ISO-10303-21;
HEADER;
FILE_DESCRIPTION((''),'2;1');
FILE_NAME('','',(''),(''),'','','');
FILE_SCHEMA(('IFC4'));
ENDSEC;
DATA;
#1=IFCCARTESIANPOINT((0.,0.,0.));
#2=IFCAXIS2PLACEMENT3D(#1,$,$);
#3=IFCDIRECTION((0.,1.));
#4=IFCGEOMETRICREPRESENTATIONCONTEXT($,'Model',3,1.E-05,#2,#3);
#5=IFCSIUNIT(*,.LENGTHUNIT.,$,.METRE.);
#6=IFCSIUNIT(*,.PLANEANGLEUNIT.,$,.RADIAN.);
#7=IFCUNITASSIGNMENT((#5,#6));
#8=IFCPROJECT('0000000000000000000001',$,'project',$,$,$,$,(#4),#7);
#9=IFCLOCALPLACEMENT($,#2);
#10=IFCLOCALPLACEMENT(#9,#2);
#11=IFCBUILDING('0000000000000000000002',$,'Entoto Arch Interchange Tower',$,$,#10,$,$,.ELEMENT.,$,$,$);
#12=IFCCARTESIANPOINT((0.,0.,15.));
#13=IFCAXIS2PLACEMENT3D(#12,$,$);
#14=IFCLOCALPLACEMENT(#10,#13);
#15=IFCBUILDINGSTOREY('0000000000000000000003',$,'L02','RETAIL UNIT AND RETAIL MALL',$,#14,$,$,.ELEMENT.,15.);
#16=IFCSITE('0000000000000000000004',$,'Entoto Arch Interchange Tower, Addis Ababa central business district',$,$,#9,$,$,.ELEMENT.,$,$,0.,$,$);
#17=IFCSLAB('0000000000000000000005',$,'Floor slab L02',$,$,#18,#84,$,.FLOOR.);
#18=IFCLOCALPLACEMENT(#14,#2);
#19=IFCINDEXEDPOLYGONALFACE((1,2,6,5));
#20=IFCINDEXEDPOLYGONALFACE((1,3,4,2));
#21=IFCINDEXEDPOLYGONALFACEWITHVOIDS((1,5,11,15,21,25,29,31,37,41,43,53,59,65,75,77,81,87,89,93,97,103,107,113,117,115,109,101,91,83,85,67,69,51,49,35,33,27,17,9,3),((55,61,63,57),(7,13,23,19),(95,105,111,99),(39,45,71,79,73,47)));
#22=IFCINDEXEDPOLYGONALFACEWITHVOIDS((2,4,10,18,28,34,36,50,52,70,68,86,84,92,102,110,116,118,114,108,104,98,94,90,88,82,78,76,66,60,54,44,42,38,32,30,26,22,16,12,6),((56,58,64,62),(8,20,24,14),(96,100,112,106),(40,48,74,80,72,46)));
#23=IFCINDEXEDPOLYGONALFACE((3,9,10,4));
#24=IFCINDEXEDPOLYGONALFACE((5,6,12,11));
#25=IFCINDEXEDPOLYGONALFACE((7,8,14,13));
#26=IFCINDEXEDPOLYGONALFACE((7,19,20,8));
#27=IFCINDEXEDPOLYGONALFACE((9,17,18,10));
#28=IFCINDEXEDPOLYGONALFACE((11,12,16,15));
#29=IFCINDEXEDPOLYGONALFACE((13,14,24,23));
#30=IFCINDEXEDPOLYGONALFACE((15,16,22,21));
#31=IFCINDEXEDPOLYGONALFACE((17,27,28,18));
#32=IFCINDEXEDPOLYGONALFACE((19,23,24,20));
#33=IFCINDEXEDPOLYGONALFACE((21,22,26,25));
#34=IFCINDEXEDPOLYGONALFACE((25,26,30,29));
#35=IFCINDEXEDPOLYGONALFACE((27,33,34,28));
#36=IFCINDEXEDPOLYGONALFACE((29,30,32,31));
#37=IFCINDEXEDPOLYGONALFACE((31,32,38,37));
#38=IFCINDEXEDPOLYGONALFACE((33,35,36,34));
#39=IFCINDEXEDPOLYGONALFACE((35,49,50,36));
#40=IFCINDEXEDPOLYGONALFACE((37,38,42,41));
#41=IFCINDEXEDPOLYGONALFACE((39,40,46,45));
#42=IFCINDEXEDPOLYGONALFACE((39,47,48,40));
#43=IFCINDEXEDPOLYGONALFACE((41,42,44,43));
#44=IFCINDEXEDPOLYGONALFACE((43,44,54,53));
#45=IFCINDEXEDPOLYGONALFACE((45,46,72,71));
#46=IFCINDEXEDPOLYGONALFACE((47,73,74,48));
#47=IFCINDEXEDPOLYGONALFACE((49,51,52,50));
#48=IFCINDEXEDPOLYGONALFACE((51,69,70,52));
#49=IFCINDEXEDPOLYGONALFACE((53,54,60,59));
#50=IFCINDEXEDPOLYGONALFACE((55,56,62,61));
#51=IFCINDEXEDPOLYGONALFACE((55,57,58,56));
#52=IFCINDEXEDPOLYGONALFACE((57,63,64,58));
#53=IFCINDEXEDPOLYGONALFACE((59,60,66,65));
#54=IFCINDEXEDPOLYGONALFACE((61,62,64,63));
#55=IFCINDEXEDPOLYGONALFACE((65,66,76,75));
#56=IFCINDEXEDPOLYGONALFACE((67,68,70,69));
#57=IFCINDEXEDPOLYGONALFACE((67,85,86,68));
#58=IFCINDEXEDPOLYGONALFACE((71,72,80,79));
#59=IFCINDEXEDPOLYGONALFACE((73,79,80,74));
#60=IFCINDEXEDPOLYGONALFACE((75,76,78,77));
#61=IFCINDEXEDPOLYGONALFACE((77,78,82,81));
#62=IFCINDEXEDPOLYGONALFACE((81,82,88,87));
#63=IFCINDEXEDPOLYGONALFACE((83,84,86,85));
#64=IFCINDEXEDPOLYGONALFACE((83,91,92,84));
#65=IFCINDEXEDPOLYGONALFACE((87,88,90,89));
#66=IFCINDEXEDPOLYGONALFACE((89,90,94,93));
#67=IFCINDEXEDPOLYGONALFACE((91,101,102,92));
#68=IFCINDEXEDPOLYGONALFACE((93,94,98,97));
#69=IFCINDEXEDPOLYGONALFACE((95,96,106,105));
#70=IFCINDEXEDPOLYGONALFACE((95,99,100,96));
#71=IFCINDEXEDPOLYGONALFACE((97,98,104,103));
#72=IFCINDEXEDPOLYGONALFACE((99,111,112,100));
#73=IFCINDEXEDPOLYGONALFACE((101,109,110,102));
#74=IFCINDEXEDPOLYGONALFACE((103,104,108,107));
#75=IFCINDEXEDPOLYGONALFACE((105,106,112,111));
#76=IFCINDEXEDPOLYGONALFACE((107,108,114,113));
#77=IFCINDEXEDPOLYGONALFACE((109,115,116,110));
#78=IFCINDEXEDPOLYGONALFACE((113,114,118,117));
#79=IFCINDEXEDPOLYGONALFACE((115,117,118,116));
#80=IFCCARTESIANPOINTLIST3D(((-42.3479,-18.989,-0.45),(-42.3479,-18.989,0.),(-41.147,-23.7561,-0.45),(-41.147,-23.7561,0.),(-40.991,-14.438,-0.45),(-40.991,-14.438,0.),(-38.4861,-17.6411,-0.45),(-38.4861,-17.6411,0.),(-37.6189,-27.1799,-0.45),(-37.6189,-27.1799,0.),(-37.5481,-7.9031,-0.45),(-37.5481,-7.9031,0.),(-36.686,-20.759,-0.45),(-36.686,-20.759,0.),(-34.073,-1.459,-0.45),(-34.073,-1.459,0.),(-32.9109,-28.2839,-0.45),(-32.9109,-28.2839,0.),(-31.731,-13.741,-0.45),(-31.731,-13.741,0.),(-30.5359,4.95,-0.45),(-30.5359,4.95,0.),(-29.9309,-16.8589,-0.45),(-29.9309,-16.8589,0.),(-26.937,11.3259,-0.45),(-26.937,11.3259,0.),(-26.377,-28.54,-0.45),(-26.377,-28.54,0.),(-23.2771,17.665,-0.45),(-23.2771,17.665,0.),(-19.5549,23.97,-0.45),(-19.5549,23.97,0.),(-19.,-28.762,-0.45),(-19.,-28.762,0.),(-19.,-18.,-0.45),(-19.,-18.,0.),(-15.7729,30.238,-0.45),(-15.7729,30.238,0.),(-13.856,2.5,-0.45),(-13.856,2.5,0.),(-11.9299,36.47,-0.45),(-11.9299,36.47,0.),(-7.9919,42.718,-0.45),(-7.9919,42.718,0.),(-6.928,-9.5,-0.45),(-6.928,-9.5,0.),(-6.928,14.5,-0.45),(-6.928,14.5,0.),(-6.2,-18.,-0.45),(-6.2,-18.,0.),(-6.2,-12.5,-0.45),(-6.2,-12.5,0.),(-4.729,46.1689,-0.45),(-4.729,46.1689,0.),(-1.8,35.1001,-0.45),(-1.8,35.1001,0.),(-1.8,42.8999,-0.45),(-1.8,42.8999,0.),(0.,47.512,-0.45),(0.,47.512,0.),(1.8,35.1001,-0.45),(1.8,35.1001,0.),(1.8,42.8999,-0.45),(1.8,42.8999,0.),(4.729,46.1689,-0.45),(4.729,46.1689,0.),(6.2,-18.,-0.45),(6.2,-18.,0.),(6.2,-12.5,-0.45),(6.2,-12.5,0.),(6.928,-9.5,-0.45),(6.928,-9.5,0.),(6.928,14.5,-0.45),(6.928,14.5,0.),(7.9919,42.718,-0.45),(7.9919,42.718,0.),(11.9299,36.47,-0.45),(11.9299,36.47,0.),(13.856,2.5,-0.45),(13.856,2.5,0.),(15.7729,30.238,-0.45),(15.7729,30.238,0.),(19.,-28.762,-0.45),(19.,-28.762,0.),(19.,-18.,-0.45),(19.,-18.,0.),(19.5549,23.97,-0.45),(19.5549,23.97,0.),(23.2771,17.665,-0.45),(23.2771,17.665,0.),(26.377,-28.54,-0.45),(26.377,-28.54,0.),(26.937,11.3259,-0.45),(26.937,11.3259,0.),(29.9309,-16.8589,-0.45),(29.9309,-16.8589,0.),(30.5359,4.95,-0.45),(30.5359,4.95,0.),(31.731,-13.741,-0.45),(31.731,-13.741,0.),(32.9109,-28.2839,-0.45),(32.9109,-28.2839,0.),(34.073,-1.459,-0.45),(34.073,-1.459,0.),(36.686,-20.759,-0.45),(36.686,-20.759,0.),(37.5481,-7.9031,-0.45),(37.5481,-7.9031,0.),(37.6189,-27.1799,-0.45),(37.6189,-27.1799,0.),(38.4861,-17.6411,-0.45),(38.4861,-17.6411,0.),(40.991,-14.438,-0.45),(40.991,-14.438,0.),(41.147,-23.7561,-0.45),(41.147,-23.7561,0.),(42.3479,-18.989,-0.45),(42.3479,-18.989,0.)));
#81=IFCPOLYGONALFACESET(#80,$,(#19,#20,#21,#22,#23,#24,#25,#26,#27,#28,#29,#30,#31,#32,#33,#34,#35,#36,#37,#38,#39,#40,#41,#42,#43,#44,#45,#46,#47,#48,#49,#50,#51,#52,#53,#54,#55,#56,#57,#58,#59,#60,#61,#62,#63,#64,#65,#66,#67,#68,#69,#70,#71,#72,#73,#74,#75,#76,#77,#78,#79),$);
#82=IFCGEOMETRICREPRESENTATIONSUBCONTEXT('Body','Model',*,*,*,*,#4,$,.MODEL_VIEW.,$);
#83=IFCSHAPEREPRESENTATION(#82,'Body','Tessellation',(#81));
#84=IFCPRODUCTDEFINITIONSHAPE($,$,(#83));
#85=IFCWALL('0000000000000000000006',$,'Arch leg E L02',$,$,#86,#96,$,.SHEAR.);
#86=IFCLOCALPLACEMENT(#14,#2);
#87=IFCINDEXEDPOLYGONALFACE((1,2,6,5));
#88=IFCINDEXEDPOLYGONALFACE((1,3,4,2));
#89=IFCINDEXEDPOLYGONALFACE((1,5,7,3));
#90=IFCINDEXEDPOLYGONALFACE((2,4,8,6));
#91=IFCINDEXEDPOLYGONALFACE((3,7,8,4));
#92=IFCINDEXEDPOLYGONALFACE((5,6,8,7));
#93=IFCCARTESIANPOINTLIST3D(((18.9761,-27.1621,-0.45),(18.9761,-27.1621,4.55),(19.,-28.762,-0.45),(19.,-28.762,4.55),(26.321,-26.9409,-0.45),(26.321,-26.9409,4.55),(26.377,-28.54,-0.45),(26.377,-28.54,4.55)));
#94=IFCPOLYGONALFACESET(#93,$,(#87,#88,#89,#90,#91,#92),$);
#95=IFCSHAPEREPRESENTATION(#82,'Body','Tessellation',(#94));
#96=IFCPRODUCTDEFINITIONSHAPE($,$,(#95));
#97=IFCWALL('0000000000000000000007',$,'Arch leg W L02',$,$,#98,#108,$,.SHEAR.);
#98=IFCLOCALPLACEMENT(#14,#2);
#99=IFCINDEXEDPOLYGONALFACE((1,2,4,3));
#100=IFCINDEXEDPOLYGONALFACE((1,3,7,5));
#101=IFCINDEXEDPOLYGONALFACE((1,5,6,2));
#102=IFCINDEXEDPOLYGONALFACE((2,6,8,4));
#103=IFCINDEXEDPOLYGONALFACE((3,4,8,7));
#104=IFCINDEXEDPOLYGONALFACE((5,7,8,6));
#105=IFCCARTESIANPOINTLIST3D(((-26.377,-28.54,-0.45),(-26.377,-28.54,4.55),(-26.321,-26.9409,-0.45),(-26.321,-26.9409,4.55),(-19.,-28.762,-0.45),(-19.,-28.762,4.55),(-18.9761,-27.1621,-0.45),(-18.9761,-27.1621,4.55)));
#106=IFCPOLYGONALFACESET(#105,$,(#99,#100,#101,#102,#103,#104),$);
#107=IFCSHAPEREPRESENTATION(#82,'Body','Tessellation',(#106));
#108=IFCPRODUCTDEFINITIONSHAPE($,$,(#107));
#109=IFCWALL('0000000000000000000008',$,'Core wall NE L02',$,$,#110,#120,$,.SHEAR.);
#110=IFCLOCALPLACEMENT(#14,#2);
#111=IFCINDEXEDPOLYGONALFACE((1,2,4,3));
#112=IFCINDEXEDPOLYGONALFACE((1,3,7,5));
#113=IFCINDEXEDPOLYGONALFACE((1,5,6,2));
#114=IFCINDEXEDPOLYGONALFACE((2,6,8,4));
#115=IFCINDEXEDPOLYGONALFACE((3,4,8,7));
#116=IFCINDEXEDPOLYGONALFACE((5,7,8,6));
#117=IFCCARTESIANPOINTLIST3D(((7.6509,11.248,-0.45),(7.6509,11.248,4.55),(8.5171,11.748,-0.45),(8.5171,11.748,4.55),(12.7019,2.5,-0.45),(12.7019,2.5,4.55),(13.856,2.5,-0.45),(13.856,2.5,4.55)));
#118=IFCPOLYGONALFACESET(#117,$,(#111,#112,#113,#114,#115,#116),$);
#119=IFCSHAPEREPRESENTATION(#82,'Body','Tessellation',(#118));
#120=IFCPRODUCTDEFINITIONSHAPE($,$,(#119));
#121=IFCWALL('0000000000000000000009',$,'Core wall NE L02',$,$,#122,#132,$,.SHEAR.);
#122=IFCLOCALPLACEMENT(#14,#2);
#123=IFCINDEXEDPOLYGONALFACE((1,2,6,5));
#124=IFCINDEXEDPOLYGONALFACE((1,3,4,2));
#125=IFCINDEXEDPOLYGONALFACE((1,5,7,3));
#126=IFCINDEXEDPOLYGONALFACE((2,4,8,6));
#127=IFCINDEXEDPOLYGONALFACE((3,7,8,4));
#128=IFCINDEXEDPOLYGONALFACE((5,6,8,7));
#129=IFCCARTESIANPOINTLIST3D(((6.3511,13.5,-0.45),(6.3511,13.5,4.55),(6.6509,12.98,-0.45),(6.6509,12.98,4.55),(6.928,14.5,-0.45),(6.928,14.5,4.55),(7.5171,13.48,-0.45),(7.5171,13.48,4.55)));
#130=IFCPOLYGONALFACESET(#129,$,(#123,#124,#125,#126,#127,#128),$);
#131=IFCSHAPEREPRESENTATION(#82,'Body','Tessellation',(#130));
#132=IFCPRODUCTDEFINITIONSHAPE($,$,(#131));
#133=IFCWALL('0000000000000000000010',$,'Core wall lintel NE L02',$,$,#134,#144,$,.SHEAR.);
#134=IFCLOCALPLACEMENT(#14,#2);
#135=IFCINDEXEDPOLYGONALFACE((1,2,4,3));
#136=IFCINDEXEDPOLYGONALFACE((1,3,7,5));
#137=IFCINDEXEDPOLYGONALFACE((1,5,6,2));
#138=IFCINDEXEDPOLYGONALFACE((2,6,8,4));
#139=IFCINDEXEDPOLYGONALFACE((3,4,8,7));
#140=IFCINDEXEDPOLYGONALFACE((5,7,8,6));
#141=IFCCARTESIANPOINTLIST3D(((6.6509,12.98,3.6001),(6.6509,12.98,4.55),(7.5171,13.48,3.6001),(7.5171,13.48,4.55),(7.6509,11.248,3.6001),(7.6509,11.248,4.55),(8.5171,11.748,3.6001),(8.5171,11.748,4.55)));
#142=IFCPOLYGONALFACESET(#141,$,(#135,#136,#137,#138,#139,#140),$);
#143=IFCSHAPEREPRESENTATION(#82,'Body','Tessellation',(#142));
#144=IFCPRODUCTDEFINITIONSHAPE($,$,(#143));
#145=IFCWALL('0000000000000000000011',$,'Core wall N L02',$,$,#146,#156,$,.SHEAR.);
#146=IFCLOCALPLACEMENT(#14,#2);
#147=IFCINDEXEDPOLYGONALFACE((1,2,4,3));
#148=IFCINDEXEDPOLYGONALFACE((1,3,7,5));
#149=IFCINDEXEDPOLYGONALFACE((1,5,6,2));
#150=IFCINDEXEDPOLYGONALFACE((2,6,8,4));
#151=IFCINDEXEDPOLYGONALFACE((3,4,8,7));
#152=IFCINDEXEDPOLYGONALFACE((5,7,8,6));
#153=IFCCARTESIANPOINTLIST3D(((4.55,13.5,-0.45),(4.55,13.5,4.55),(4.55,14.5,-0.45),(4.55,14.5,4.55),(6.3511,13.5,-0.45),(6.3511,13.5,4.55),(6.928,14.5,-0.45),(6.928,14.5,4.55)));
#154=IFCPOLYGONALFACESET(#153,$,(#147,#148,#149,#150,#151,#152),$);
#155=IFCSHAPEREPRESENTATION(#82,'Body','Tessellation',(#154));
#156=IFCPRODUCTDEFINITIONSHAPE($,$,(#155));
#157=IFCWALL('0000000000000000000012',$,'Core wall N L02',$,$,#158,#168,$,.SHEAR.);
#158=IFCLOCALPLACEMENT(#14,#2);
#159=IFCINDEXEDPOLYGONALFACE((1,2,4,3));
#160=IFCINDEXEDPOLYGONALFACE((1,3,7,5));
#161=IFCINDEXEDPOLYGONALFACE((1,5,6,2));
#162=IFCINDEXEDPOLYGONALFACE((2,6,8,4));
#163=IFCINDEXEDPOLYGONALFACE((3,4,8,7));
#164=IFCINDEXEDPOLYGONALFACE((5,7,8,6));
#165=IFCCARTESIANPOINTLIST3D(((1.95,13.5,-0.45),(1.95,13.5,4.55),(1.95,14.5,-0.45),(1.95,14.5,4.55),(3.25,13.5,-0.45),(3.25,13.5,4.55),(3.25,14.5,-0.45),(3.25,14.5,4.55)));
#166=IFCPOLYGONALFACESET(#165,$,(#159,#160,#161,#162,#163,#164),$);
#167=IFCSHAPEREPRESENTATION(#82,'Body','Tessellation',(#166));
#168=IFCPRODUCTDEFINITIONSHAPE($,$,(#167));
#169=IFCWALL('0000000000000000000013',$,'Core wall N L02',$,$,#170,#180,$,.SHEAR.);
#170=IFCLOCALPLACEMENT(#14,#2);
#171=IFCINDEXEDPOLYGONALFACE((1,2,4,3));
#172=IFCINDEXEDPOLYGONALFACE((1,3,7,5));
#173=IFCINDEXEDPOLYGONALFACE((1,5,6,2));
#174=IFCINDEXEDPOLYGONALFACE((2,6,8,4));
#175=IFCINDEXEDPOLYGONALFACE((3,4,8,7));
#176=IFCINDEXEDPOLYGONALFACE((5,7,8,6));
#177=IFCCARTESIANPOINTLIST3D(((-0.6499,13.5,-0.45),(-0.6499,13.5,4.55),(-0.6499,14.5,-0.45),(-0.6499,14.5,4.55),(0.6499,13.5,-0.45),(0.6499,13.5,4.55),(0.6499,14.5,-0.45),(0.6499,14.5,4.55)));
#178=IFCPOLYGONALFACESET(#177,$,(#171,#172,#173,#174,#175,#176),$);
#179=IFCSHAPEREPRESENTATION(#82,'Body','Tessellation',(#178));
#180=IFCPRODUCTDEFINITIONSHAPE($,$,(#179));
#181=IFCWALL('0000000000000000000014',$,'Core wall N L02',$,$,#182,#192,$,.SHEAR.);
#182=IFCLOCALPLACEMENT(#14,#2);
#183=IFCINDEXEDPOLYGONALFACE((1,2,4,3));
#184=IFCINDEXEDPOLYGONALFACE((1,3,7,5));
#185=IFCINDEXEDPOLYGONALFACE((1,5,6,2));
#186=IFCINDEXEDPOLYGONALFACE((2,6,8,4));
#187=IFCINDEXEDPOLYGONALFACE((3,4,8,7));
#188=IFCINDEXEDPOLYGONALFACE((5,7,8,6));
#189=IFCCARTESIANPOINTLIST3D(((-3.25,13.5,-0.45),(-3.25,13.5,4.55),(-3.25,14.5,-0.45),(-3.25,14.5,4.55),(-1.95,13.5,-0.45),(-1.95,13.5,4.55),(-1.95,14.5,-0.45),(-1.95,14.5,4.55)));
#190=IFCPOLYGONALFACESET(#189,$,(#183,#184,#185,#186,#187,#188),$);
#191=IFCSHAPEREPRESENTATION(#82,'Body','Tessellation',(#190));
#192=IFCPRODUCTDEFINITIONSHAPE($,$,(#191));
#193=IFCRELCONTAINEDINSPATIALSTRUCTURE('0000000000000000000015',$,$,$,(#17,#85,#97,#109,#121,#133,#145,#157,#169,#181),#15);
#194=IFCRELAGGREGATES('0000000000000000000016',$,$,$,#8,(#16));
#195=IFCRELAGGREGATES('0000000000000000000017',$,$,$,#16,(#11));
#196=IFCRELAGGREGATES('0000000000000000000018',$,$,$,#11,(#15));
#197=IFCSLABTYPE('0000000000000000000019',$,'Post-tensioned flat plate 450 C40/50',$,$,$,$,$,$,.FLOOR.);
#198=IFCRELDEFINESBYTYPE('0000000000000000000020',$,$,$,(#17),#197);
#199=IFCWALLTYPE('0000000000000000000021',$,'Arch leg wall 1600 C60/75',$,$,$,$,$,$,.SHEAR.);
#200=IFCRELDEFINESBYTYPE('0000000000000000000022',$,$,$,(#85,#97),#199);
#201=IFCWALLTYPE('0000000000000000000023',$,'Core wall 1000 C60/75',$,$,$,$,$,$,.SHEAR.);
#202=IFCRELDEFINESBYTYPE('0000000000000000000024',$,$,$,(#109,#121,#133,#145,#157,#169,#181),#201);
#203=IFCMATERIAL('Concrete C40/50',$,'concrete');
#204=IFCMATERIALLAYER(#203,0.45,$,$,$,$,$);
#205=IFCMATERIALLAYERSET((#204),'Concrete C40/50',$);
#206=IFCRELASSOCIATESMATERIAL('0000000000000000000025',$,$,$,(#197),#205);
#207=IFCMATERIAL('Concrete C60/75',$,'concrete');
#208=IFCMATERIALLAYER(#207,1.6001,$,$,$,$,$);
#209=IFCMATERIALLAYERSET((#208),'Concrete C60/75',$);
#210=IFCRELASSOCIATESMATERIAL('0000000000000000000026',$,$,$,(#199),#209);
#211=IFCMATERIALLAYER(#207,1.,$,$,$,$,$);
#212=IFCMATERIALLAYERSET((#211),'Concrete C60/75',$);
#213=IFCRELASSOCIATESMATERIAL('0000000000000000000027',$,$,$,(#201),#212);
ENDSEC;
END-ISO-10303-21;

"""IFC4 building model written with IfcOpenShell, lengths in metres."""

from ifc_helpers import new_model, si_unit, direction, frame, origin, place, context, subcontext, project, spatial, polyline, outline, extrude, material, layer, layer_set, type_object, element, save


model = new_model("IFC4")

# Units and contexts
model_context = context("Model", 3, precision=1e-05, world=origin(), true_north=direction((0.0, 1.0)))
body_context = subcontext(model_context, "Body", "Model", "MODEL_VIEW")
ifc_project = project(units=[si_unit("LENGTHUNIT", "METRE"), si_unit("PLANEANGLEUNIT", "RADIAN")], contexts=[model_context])

# Site, building, storey
site_placement = place(None, origin())
site = spatial("IfcSite", under=ifc_project, at=site_placement, Name="Entoto Arch Interchange Tower, Addis Ababa central business district", CompositionType="ELEMENT", RefElevation=0.0)
building_placement = place(site_placement, origin())
building = spatial("IfcBuilding", under=site, at=building_placement, Name="Entoto Arch Interchange Tower", CompositionType="ELEMENT")
storey_placement = place(building_placement, frame((0.0, 0.0, 15.0)))
storey = spatial("IfcBuildingStorey", under=building, at=storey_placement, Name="L02", Description="RETAIL UNIT AND RETAIL MALL", CompositionType="ELEMENT", Elevation=15.0)

# Slab
ifc_material_1 = material(Name="Concrete C40/50", Category="concrete")
ifc_layer_1 = layer(ifc_material_1, 0.45)
ifc_layer_set_1 = layer_set([ifc_layer_1], Name="Concrete C40/50")
slab_type = type_object("IfcSlabType", Name="Post-tensioned flat plate 450 C40/50", PredefinedType="FLOOR", material=ifc_layer_set_1)
slab_placement = place(storey_placement, frame((0.0, 0.0, -0.45)))
element("IfcSlab", 1, at=slab_placement, inside=storey, type_object=slab_type, Name="Floor slab L02", PredefinedType="FLOOR", context=body_context, shape_type="SweptSolid", body=[
    extrude(outline(polyline([(-26.377, -28.54), (-19.0, -28.762), (-19.0, -18.0), (-6.2, -18.0), (-6.2, -12.5), (6.2, -12.5), (6.2, -18.0), (19.0, -18.0), (19.0, -28.762), (26.377, -28.54), (32.9109, -28.2839), (37.6189, -27.1799), (41.147, -23.7561), (42.3479, -18.989), (40.991, -14.438), (37.5481, -7.9031), (34.073, -1.459), (30.5359, 4.95), (26.937, 11.3259), (23.2771, 17.665), (19.5549, 23.97), (15.7729, 30.238), (11.9299, 36.47), (7.9919, 42.718), (4.729, 46.1689), (0.0, 47.512), (-4.729, 46.1689), (-7.9919, 42.718), (-11.9299, 36.47), (-15.7729, 30.238), (-19.5549, 23.97), (-23.2771, 17.665), (-26.937, 11.3259), (-30.5359, 4.95), (-34.073, -1.459), (-37.5481, -7.9031), (-40.991, -14.438), (-42.3479, -18.989), (-41.147, -23.7561), (-37.6189, -27.1799), (-32.9109, -28.2839), (-26.377, -28.54)]), holes=[polyline([(-29.9309, -16.8589), (-31.731, -13.741), (-38.4861, -17.6411), (-36.686, -20.759), (-29.9309, -16.8589)]), polyline([(31.731, -13.741), (29.9309, -16.8589), (36.686, -20.759), (38.4861, -17.6411), (31.731, -13.741)]), polyline([(-6.928, -9.5), (6.928, -9.5), (13.856, 2.5), (6.928, 14.5), (-6.928, 14.5), (-13.856, 2.5), (-6.928, -9.5)]), polyline([(-1.8, 42.8999), (-1.8, 35.1001), (1.8, 35.1001), (1.8, 42.8999), (-1.8, 42.8999)])]), origin(), (0.0, 0.0, 1.0), 0.45),
])

# Walls
ifc_material_2 = material(Name="Concrete C60/75", Category="concrete")
ifc_layer_2 = layer(ifc_material_2, 1.6001)
ifc_layer_set_2 = layer_set([ifc_layer_2], Name="Concrete C60/75")
wall_type_1 = type_object("IfcWallType", Name="Arch leg wall 1600 C60/75", PredefinedType="SHEAR", material=ifc_layer_set_2)
wall_1_placement = place(storey_placement, frame((0.0, 0.0, -0.45)))
element("IfcWall", 2, at=wall_1_placement, inside=storey, type_object=wall_type_1, Name="Arch leg E L02", PredefinedType="SHEAR", context=body_context, shape_type="SweptSolid", body=[
    extrude(outline(polyline([(19.0, -28.762), (26.377, -28.54), (26.321, -26.9409), (18.9761, -27.1621), (19.0, -28.762)])), origin(), (0.0, 0.0, 1.0), 5.0),
])
wall_2_placement = place(storey_placement, frame((0.0, 0.0, -0.45)))
element("IfcWall", 3, at=wall_2_placement, inside=storey, type_object=wall_type_1, Name="Arch leg W L02", PredefinedType="SHEAR", context=body_context, shape_type="SweptSolid", body=[
    extrude(outline(polyline([(-26.377, -28.54), (-19.0, -28.762), (-18.9761, -27.1621), (-26.321, -26.9409), (-26.377, -28.54)])), origin(), (0.0, 0.0, 1.0), 5.0),
])
ifc_layer_3 = layer(ifc_material_2, 1.0)
ifc_layer_set_3 = layer_set([ifc_layer_3], Name="Concrete C60/75")
wall_type_2 = type_object("IfcWallType", Name="Core wall 1000 C60/75", PredefinedType="SHEAR", material=ifc_layer_set_3)
wall_3_placement = place(storey_placement, frame((0.0, 0.0, -0.45)))
element("IfcWall", 4, at=wall_3_placement, inside=storey, type_object=wall_type_2, Name="Core wall NE L02", PredefinedType="SHEAR", context=body_context, shape_type="SweptSolid", body=[
    extrude(outline(polyline([(8.5171, 11.748), (7.6509, 11.248), (12.7019, 2.5), (13.856, 2.5), (8.5171, 11.748)])), origin(), (0.0, 0.0, 1.0), 5.0),
])
wall_4_placement = place(storey_placement, frame((0.0, 0.0, -0.45)))
element("IfcWall", 5, at=wall_4_placement, inside=storey, type_object=wall_type_2, Name="Core wall NE L02", PredefinedType="SHEAR", context=body_context, shape_type="SweptSolid", body=[
    extrude(outline(polyline([(6.6509, 12.98), (7.5171, 13.48), (6.928, 14.5), (6.3511, 13.5), (6.6509, 12.98)])), origin(), (0.0, 0.0, 1.0), 5.0),
])
wall_5_placement = place(storey_placement, frame((0.0, 0.0, 3.6001)))
element("IfcWall", 6, at=wall_5_placement, inside=storey, type_object=wall_type_2, Name="Core wall lintel NE L02", PredefinedType="SHEAR", context=body_context, shape_type="SweptSolid", body=[
    extrude(outline(polyline([(7.5171, 13.48), (6.6509, 12.98), (7.6509, 11.248), (8.5171, 11.748), (7.5171, 13.48)])), origin(), (0.0, 0.0, 1.0), 0.95),
])
wall_6_placement = place(storey_placement, frame((0.0, 0.0, -0.45)))
element("IfcWall", 7, at=wall_6_placement, inside=storey, type_object=wall_type_2, Name="Core wall N L02", PredefinedType="SHEAR", context=body_context, shape_type="SweptSolid", body=[
    extrude(outline(polyline([(4.55, 14.5), (4.55, 13.5), (6.3511, 13.5), (6.928, 14.5), (4.55, 14.5)])), origin(), (0.0, 0.0, 1.0), 5.0),
])
wall_7_placement = place(storey_placement, frame((0.0, 0.0, -0.45)))
element("IfcWall", 8, at=wall_7_placement, inside=storey, type_object=wall_type_2, Name="Core wall N L02", PredefinedType="SHEAR", context=body_context, shape_type="SweptSolid", body=[
    extrude(outline(polyline([(1.95, 14.5), (1.95, 13.5), (3.25, 13.5), (3.25, 14.5), (1.95, 14.5)])), origin(), (0.0, 0.0, 1.0), 5.0),
])
wall_8_placement = place(storey_placement, frame((0.0, 0.0, -0.45)))
element("IfcWall", 9, at=wall_8_placement, inside=storey, type_object=wall_type_2, Name="Core wall N L02", PredefinedType="SHEAR", context=body_context, shape_type="SweptSolid", body=[
    extrude(outline(polyline([(-0.6499, 14.5), (-0.6499, 13.5), (0.6499, 13.5), (0.6499, 14.5), (-0.6499, 14.5)])), origin(), (0.0, 0.0, 1.0), 5.0),
])
wall_9_placement = place(storey_placement, frame((0.0, 0.0, -0.45)))
element("IfcWall", 10, at=wall_9_placement, inside=storey, type_object=wall_type_2, Name="Core wall N L02", PredefinedType="SHEAR", context=body_context, shape_type="SweptSolid", body=[
    extrude(outline(polyline([(-3.25, 14.5), (-3.25, 13.5), (-1.95, 13.5), (-1.95, 14.5), (-3.25, 14.5)])), origin(), (0.0, 0.0, 1.0), 5.0),
])

save(model, "model.ifc")
